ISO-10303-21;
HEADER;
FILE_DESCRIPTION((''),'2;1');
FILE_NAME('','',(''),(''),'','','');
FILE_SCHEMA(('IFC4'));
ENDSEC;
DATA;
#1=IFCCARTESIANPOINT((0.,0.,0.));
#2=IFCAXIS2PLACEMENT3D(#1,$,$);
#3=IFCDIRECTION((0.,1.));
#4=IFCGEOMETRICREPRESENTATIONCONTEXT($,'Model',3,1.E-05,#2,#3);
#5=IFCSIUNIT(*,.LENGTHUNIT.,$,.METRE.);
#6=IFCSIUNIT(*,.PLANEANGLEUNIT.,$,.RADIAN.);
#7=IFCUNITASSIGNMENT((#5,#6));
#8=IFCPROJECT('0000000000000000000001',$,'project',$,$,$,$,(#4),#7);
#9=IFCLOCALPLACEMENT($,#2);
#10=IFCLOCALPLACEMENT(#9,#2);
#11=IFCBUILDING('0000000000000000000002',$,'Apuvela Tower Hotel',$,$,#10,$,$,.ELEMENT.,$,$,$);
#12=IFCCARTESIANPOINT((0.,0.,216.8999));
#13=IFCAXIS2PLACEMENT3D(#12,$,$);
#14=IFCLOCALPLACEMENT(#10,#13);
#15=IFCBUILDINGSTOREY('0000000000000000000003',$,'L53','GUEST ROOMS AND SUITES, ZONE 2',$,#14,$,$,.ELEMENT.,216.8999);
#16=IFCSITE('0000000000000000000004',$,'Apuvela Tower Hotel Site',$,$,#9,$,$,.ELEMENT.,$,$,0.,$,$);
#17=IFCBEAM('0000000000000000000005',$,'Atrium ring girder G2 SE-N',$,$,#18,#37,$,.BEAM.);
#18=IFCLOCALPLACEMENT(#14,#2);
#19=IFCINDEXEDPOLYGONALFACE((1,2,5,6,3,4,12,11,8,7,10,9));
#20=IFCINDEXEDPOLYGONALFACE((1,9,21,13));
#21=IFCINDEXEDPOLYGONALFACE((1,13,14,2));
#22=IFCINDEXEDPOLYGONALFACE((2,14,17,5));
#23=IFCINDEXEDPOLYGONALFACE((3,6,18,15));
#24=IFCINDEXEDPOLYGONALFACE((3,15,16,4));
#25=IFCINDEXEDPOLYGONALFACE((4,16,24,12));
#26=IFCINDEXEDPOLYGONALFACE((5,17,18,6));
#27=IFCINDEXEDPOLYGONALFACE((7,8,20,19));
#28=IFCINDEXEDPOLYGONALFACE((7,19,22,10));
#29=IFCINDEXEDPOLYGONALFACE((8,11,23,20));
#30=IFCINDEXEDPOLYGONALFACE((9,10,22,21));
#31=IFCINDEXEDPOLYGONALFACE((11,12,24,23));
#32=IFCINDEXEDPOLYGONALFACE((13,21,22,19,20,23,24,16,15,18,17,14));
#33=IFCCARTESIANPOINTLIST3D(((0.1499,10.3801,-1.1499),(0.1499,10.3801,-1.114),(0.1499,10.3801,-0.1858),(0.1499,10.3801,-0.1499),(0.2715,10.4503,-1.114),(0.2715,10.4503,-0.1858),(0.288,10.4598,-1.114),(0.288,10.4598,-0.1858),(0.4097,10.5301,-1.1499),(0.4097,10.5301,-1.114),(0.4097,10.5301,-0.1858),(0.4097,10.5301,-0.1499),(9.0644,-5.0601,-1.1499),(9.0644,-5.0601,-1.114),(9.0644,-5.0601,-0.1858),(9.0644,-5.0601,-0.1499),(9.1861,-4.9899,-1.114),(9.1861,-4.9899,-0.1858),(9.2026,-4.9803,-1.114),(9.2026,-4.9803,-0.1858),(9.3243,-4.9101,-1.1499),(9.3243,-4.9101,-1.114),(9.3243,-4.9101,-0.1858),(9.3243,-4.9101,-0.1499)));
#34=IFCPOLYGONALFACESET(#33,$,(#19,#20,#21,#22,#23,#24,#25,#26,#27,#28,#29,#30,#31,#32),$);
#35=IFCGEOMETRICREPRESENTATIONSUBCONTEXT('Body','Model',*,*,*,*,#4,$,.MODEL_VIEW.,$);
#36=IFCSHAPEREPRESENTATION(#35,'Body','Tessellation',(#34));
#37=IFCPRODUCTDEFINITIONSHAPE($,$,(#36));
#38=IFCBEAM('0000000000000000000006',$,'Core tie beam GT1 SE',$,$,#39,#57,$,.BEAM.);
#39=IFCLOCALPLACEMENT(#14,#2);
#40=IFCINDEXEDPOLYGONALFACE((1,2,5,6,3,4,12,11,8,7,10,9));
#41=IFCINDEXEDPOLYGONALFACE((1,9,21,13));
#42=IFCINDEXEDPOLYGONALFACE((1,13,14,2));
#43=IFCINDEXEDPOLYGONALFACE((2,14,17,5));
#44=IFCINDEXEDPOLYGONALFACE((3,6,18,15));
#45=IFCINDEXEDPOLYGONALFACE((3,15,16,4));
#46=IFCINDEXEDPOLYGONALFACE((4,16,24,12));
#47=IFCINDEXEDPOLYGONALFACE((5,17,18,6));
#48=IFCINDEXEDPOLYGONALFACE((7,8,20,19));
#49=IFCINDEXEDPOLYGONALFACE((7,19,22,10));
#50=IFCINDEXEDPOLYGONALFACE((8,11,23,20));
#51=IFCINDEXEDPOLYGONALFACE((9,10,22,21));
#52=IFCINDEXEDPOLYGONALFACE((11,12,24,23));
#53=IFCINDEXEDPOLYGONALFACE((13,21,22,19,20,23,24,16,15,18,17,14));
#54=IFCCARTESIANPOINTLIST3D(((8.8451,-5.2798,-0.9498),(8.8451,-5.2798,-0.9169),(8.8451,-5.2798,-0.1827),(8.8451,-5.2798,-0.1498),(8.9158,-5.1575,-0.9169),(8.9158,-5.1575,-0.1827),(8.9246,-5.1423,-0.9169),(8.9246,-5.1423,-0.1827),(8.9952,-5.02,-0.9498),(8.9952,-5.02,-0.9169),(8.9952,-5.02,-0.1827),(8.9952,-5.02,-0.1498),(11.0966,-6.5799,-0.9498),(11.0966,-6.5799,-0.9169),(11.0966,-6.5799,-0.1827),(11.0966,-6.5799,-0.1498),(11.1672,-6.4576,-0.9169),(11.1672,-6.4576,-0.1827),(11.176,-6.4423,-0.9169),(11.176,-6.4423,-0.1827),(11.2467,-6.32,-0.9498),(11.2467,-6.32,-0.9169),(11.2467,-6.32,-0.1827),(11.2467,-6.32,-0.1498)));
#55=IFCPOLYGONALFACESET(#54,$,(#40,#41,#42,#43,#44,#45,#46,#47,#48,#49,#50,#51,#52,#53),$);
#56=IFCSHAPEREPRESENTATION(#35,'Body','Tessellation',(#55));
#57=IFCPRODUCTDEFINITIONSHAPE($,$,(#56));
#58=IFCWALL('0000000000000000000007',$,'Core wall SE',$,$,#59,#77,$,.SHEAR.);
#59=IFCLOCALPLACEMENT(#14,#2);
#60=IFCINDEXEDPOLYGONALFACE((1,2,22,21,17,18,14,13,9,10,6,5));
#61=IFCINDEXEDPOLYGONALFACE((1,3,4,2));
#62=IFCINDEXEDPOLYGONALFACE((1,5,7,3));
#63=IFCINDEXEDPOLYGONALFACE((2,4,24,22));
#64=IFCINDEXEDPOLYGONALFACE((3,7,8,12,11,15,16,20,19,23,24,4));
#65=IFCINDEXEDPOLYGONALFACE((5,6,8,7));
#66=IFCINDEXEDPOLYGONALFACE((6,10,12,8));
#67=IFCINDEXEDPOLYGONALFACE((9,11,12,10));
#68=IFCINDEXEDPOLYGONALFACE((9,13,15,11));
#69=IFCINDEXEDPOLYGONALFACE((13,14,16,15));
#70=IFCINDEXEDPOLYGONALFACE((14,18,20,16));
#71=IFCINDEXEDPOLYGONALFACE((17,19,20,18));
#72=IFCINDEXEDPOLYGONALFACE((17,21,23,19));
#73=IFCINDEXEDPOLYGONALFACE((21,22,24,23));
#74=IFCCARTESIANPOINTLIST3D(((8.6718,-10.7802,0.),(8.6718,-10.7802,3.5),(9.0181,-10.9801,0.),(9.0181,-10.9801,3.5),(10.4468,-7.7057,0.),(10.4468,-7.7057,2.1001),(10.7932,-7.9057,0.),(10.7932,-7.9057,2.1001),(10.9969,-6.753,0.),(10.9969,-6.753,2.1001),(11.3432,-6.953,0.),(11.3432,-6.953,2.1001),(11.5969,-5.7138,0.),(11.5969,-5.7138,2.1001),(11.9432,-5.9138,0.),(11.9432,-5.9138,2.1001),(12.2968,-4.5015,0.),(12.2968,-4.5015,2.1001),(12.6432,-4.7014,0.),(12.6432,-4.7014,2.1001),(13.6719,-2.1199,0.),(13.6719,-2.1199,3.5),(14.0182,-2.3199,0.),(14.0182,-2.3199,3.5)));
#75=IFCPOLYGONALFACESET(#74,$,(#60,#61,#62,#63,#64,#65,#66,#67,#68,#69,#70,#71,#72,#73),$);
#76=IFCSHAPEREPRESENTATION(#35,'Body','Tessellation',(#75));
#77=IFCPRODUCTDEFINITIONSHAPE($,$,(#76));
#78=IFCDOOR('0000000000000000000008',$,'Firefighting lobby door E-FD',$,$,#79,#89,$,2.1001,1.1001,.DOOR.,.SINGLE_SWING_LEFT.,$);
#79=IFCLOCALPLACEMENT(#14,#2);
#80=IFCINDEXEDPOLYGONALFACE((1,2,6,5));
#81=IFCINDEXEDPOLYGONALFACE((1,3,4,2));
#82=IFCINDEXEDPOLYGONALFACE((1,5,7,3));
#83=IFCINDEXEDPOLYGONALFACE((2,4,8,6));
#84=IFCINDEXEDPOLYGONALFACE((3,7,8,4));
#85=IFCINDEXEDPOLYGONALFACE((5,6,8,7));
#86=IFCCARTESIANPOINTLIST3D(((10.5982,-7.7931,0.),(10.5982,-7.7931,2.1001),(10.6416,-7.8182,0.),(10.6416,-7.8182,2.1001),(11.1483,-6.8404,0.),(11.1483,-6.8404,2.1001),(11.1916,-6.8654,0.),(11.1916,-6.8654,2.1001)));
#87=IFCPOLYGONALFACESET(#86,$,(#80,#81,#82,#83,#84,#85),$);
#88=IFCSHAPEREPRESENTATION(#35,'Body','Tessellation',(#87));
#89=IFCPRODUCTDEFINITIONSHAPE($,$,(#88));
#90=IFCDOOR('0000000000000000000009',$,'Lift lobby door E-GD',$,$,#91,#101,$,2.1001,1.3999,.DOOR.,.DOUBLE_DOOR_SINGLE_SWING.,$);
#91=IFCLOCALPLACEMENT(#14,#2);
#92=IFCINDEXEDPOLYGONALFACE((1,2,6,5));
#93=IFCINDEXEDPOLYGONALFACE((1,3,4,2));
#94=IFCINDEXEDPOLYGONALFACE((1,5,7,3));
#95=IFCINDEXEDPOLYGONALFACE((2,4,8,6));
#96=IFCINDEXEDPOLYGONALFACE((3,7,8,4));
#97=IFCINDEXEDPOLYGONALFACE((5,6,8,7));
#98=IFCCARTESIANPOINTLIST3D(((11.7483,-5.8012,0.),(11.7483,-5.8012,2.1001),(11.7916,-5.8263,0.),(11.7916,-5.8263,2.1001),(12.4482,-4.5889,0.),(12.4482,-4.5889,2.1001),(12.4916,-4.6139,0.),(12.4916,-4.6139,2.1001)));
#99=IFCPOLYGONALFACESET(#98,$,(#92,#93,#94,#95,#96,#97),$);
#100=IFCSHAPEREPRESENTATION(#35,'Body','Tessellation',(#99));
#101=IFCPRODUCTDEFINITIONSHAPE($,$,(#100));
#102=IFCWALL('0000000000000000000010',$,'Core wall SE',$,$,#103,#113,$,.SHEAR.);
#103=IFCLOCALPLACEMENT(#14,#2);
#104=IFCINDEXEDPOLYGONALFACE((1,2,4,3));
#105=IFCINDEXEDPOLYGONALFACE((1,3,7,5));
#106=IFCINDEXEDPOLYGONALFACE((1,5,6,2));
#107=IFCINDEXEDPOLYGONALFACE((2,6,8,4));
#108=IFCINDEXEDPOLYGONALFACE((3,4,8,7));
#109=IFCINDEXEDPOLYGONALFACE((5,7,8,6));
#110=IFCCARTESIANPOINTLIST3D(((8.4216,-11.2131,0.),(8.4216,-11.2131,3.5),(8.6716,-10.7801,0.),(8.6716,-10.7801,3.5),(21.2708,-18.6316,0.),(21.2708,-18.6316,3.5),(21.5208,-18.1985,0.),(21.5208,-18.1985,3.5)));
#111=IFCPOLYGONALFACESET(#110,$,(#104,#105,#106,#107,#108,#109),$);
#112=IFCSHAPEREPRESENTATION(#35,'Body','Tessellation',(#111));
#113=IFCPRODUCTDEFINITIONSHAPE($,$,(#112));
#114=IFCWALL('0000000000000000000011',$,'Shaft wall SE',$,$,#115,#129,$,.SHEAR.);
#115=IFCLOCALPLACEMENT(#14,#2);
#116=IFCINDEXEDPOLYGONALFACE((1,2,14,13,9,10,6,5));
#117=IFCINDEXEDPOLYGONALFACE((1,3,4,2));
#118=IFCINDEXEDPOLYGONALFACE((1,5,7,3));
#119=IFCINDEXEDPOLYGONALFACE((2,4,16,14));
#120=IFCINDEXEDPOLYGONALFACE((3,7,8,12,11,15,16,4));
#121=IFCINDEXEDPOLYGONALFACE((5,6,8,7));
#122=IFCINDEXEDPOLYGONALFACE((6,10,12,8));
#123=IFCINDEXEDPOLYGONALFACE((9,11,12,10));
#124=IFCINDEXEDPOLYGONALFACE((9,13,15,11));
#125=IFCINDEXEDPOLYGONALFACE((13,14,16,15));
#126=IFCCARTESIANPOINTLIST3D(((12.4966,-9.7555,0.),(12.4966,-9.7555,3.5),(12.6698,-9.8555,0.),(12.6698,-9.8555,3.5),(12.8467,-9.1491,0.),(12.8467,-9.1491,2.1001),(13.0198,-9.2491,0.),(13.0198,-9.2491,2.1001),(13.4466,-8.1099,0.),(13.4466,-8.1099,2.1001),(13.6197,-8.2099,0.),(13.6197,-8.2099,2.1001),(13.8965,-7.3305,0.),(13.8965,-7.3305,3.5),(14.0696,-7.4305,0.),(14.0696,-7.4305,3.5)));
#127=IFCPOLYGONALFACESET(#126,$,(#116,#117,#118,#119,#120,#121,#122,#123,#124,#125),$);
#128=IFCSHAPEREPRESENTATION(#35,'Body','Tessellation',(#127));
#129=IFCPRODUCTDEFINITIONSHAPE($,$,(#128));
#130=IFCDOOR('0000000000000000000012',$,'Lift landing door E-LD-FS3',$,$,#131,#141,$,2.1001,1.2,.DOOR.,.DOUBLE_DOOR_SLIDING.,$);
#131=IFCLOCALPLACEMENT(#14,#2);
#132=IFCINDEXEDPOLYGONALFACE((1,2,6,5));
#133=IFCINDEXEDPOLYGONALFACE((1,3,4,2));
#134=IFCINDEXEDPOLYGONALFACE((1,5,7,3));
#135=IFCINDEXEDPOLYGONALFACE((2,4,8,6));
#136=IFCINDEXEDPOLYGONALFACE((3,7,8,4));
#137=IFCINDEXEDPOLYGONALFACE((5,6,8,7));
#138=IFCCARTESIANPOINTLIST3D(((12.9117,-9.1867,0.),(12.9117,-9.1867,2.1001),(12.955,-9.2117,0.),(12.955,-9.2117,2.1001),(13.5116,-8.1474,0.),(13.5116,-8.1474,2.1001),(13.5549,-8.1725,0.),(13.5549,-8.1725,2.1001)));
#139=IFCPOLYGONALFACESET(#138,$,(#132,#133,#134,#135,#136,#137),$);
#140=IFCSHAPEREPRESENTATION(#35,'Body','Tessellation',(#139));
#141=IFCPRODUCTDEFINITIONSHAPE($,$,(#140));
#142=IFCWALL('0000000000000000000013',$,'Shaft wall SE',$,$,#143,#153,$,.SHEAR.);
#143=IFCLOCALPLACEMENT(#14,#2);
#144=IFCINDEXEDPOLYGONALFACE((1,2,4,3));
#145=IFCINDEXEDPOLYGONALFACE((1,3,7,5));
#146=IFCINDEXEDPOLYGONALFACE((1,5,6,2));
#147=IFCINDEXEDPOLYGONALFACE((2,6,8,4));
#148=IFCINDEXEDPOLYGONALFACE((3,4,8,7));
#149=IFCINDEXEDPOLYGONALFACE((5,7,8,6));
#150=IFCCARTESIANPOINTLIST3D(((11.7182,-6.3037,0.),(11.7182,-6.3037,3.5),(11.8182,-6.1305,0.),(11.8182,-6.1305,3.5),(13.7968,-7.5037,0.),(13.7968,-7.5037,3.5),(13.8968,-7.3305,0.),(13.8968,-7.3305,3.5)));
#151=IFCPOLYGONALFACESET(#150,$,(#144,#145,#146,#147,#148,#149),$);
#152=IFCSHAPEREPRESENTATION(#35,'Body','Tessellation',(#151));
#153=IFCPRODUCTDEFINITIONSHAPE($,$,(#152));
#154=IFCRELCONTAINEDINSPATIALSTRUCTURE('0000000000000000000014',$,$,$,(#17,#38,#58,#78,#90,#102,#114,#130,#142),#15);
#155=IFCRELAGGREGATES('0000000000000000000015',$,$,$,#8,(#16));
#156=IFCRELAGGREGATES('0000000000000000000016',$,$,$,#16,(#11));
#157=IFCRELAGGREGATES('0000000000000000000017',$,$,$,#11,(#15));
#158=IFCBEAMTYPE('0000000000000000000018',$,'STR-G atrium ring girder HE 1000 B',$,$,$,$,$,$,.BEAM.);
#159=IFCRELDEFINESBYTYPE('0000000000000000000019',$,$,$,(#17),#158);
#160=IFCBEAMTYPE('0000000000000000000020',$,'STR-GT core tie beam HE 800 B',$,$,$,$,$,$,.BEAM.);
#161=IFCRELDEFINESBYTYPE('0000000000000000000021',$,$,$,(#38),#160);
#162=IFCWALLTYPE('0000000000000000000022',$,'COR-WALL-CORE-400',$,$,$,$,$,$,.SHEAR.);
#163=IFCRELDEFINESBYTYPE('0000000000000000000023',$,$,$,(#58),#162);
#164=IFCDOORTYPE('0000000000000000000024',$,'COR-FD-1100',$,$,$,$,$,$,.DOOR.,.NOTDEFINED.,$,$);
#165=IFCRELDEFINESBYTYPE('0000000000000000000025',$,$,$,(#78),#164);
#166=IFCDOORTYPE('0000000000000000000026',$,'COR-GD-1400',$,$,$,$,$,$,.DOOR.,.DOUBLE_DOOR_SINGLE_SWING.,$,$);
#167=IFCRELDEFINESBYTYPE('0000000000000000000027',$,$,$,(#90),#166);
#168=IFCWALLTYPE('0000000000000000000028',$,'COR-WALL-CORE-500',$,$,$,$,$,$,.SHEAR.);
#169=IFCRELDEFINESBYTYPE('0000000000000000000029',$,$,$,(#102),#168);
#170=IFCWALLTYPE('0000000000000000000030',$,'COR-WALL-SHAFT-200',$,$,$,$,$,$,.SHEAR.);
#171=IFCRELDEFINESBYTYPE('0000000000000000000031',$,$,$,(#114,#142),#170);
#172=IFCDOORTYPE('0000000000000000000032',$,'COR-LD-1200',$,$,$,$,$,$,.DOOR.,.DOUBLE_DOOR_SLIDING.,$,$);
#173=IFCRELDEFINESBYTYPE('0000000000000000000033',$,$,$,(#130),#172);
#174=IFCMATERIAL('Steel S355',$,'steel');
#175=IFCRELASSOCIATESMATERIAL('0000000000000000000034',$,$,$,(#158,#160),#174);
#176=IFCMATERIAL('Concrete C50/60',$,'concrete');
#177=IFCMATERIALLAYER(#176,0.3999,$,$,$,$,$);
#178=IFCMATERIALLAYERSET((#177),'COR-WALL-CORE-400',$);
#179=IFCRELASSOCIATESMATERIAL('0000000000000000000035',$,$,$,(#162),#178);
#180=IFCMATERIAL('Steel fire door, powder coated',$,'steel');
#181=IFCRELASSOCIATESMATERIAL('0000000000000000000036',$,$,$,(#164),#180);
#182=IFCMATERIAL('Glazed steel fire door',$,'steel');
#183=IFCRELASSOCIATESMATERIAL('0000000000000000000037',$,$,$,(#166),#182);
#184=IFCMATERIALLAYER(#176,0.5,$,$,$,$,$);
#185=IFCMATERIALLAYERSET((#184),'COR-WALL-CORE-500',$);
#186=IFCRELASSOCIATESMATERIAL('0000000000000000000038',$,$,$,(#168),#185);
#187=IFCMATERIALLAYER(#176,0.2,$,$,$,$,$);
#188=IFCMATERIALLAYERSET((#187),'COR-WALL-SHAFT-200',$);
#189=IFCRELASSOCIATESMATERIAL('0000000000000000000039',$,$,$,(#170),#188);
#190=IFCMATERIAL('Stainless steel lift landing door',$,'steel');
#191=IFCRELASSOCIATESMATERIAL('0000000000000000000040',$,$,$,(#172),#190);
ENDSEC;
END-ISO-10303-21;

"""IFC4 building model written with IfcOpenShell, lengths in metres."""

from ifc_helpers import new_model, si_unit, direction, frame, frame_2d, origin, origin_2d, place, context, subcontext, project, spatial, rectangle, i_section, extrude, material, layer, layer_set, material_profile, profile_set, type_object, element, fill, save


model = new_model("IFC4")

# Units and contexts
model_context = context("Model", 3, precision=1e-05, world=origin(), true_north=direction((0.0, 1.0)))
body_context = subcontext(model_context, "Body", "Model", "MODEL_VIEW")
ifc_project = project(units=[si_unit("LENGTHUNIT", "METRE"), si_unit("PLANEANGLEUNIT", "RADIAN")], contexts=[model_context])

# Site, building, storey
site_placement = place(None, origin())
site = spatial("IfcSite", under=ifc_project, at=site_placement, Name="Apuvela Tower Hotel Site", CompositionType="ELEMENT", RefElevation=0.0)
building_placement = place(site_placement, origin())
building = spatial("IfcBuilding", under=site, at=building_placement, Name="Apuvela Tower Hotel", CompositionType="ELEMENT")
storey_placement = place(building_placement, frame((0.0, 0.0, 216.8999)))
storey = spatial("IfcBuildingStorey", under=building, at=storey_placement, Name="L53", Description="GUEST ROOMS AND SUITES, ZONE 2", CompositionType="ELEMENT", Elevation=216.8999)

# Beams
ifc_material_1 = material(Name="Steel S355", Category="steel")
ifc_material_profile_1 = material_profile(ifc_material_1, i_section(OverallWidth=0.3, OverallDepth=1.0, WebThickness=0.019, FlangeThickness=0.0359, at=origin_2d()), Name="HE 1000 B")
ifc_profile_set_1 = profile_set([ifc_material_profile_1], Name="Steel S355")
beam_type_1 = type_object("IfcBeamType", Name="STR-G atrium ring girder HE 1000 B", PredefinedType="BEAM", material=ifc_profile_set_1)
beam_1_placement = place(storey_placement, frame((9.1943, -4.9851, -0.6499), z_axis=(-0.500007, 0.866022, 0.0), x_axis=(-0.866022, -0.500007, 0.0)))
element("IfcBeam", 1, at=beam_1_placement, inside=storey, type_object=beam_type_1, Name="Atrium ring girder G2 SE-N", PredefinedType="BEAM", context=body_context, shape_type="SweptSolid", body=[
    extrude(i_section(OverallWidth=0.3, OverallDepth=1.0, WebThickness=0.019, FlangeThickness=0.0359, at=origin_2d()), origin(), (0.0, 0.0, 1.0), 17.8289),
])
ifc_material_profile_2 = material_profile(ifc_material_1, i_section(OverallWidth=0.3, OverallDepth=0.8, WebThickness=0.0176, FlangeThickness=0.033, at=origin_2d()), Name="HE 800 B")
ifc_profile_set_2 = profile_set([ifc_material_profile_2], Name="Steel S355")
beam_type_2 = type_object("IfcBeamType", Name="STR-GT core tie beam HE 800 B", PredefinedType="BEAM", material=ifc_profile_set_2)
beam_2_placement = place(storey_placement, frame((11.1716, -6.45, -0.5498), z_axis=(-0.865998, 0.500048, 0.0), x_axis=(-0.500048, -0.865998, 0.0)))
element("IfcBeam", 2, at=beam_2_placement, inside=storey, type_object=beam_type_2, Name="Core tie beam GT1 SE", PredefinedType="BEAM", context=body_context, shape_type="SweptSolid", body=[
    extrude(i_section(OverallWidth=0.3, OverallDepth=0.8, WebThickness=0.0176, FlangeThickness=0.033, at=origin_2d()), origin(), (0.0, 0.0, 1.0), 2.5999),
])

# Wall, openings, doors
ifc_material_2 = material(Name="Concrete C50/60", Category="concrete")
ifc_layer_1 = layer(ifc_material_2, 0.3999)
ifc_layer_set_1 = layer_set([ifc_layer_1], Name="COR-WALL-CORE-400")
wall_type_1 = type_object("IfcWallType", Name="COR-WALL-CORE-400", PredefinedType="SHEAR", material=ifc_layer_set_1)
wall_1_placement = place(storey_placement, frame((8.845, -10.8801, 0.0), z_axis=(0.0, 0.0, 1.0), x_axis=(0.500004, 0.866023, 0.0)))
wall_1 = element("IfcWall", 3, at=wall_1_placement, inside=storey, type_object=wall_type_1, Name="Core wall SE", PredefinedType="SHEAR", context=body_context, shape_type="SweptSolid", body=[
    extrude(rectangle(XDim=10.0, YDim=0.3999, at=frame_2d((5.0, 0.0))), origin(), (0.0, 0.0, 1.0), 3.5),
])
opening_1_placement = place(wall_1_placement, frame((3.55, 0.0, 0.0)))
opening_1 = element("IfcOpeningElement", 4, at=opening_1_placement, cuts=wall_1, PredefinedType="OPENING", context=body_context, shape_type="SweptSolid", body=[
    extrude(rectangle(XDim=1.1001, YDim=2.1001, at=frame_2d((0.55, 1.05))), frame((0.0, 0.21, 0.0), z_axis=(0.0, -1.0, 0.0), x_axis=(1.0, 0.0, 0.0)), (0.0, 0.0, 1.0), 0.4199),
])
opening_2_placement = place(wall_1_placement, frame((5.8501, 0.0, 0.0)))
opening_2 = element("IfcOpeningElement", 5, at=opening_2_placement, cuts=wall_1, PredefinedType="OPENING", context=body_context, shape_type="SweptSolid", body=[
    extrude(rectangle(XDim=1.3999, YDim=2.1001, at=frame_2d((0.7, 1.05))), frame((0.0, 0.21, 0.0), z_axis=(0.0, -1.0, 0.0), x_axis=(1.0, 0.0, 0.0)), (0.0, 0.0, 1.0), 0.4199),
])
ifc_material_3 = material(Name="Steel fire door, powder coated", Category="steel")
door_type_1 = type_object("IfcDoorType", Name="COR-FD-1100", OperationType="NOTDEFINED", PredefinedType="DOOR", material=ifc_material_3)
door_1_placement = place(opening_1_placement, frame((1.1001, 0.0, 0.0), z_axis=(0.0, 0.0, 1.0), x_axis=(-1.0, 0.0, 0.0)))
door_1 = element("IfcDoor", 6, at=door_1_placement, inside=storey, type_object=door_type_1, Name="Firefighting lobby door E-FD", OperationType="SINGLE_SWING_LEFT", OverallHeight=2.1001, OverallWidth=1.1001, PredefinedType="DOOR", context=body_context, shape_type="SweptSolid", body=[
    extrude(rectangle(XDim=1.1001, YDim=2.1001, at=frame_2d((0.55, 1.05))), frame((0.0, 0.0249, 0.0), z_axis=(0.0, -1.0, 0.0), x_axis=(1.0, 0.0, 0.0)), (0.0, 0.0, 1.0), 0.05),
])
fill(opening_1, door_1)
ifc_material_4 = material(Name="Glazed steel fire door", Category="steel")
door_type_2 = type_object("IfcDoorType", Name="COR-GD-1400", OperationType="DOUBLE_DOOR_SINGLE_SWING", PredefinedType="DOOR", material=ifc_material_4)
door_2_placement = place(opening_2_placement, frame((1.3999, 0.0, 0.0), z_axis=(0.0, 0.0, 1.0), x_axis=(-1.0, 0.0, 0.0)))
door_2 = element("IfcDoor", 7, at=door_2_placement, inside=storey, type_object=door_type_2, Name="Lift lobby door E-GD", OperationType="DOUBLE_DOOR_SINGLE_SWING", OverallHeight=2.1001, OverallWidth=1.3999, PredefinedType="DOOR", context=body_context, shape_type="SweptSolid", body=[
    extrude(rectangle(XDim=1.3999, YDim=2.1001, at=frame_2d((0.7, 1.05))), frame((0.0, 0.0249, 0.0), z_axis=(0.0, -1.0, 0.0), x_axis=(1.0, 0.0, 0.0)), (0.0, 0.0, 1.0), 0.05),
])
fill(opening_2, door_2)

# Wall
ifc_layer_2 = layer(ifc_material_2, 0.5)
ifc_layer_set_2 = layer_set([ifc_layer_2], Name="COR-WALL-CORE-500")
wall_type_2 = type_object("IfcWallType", Name="COR-WALL-CORE-500", PredefinedType="SHEAR", material=ifc_layer_set_2)
wall_2_placement = place(storey_placement, frame((8.5466, -10.9966, 0.0), z_axis=(0.0, 0.0, 1.0), x_axis=(0.866025, -0.500001, 0.0)))
element("IfcWall", 8, at=wall_2_placement, inside=storey, type_object=wall_type_2, Name="Core wall SE", PredefinedType="SHEAR", context=body_context, shape_type="SweptSolid", body=[
    extrude(rectangle(XDim=14.8369, YDim=0.5, at=frame_2d((7.4185, 0.0))), origin(), (0.0, 0.0, 1.0), 3.5),
])

# Wall, opening, door
ifc_layer_3 = layer(ifc_material_2, 0.2)
ifc_layer_set_3 = layer_set([ifc_layer_3], Name="COR-WALL-SHAFT-200")
wall_type_3 = type_object("IfcWallType", Name="COR-WALL-SHAFT-200", PredefinedType="SHEAR", material=ifc_layer_set_3)
wall_3_placement = place(storey_placement, frame((12.5833, -9.8054, 0.0), z_axis=(0.0, 0.0, 1.0), x_axis=(0.499946, 0.866056, 0.0)))
wall_3 = element("IfcWall", 9, at=wall_3_placement, inside=storey, type_object=wall_type_3, Name="Shaft wall SE", PredefinedType="SHEAR", context=body_context, shape_type="SweptSolid", body=[
    extrude(rectangle(XDim=2.8, YDim=0.2, at=frame_2d((1.3999, 0.0))), origin(), (0.0, 0.0, 1.0), 3.5),
])
opening_3_placement = place(wall_3_placement, frame((0.7, 0.0, 0.0)))
opening_3 = element("IfcOpeningElement", 10, at=opening_3_placement, cuts=wall_3, PredefinedType="OPENING", context=body_context, shape_type="SweptSolid", body=[
    extrude(rectangle(XDim=1.2, YDim=2.1001, at=frame_2d((0.6001, 1.05))), frame((0.0, 0.1099, 0.0), z_axis=(0.0, -1.0, 0.0), x_axis=(1.0, 0.0, 0.0)), (0.0, 0.0, 1.0), 0.22),
])
ifc_material_5 = material(Name="Stainless steel lift landing door", Category="steel")
door_type_3 = type_object("IfcDoorType", Name="COR-LD-1200", OperationType="DOUBLE_DOOR_SLIDING", PredefinedType="DOOR", material=ifc_material_5)
door_3_placement = place(opening_3_placement, origin())
door_3 = element("IfcDoor", 11, at=door_3_placement, inside=storey, type_object=door_type_3, Name="Lift landing door E-LD-FS3", OperationType="DOUBLE_DOOR_SLIDING", OverallHeight=2.1001, OverallWidth=1.2, PredefinedType="DOOR", context=body_context, shape_type="SweptSolid", body=[
    extrude(rectangle(XDim=1.2, YDim=2.1001, at=frame_2d((0.6001, 1.05))), frame((0.0, 0.0249, 0.0), z_axis=(0.0, -1.0, 0.0), x_axis=(1.0, 0.0, 0.0)), (0.0, 0.0, 1.0), 0.05),
])
fill(opening_3, door_3)

# Wall
wall_4_placement = place(storey_placement, frame((11.7681, -6.217, 0.0), z_axis=(0.0, 0.0, 1.0), x_axis=(0.86605, -0.499957, 0.0)))
element("IfcWall", 12, at=wall_4_placement, inside=storey, type_object=wall_type_3, Name="Shaft wall SE", PredefinedType="SHEAR", context=body_context, shape_type="SweptSolid", body=[
    extrude(rectangle(XDim=2.4001, YDim=0.2, at=frame_2d((1.2002, 0.0))), origin(), (0.0, 0.0, 1.0), 3.5),
])

save(model, "model.ifc")
